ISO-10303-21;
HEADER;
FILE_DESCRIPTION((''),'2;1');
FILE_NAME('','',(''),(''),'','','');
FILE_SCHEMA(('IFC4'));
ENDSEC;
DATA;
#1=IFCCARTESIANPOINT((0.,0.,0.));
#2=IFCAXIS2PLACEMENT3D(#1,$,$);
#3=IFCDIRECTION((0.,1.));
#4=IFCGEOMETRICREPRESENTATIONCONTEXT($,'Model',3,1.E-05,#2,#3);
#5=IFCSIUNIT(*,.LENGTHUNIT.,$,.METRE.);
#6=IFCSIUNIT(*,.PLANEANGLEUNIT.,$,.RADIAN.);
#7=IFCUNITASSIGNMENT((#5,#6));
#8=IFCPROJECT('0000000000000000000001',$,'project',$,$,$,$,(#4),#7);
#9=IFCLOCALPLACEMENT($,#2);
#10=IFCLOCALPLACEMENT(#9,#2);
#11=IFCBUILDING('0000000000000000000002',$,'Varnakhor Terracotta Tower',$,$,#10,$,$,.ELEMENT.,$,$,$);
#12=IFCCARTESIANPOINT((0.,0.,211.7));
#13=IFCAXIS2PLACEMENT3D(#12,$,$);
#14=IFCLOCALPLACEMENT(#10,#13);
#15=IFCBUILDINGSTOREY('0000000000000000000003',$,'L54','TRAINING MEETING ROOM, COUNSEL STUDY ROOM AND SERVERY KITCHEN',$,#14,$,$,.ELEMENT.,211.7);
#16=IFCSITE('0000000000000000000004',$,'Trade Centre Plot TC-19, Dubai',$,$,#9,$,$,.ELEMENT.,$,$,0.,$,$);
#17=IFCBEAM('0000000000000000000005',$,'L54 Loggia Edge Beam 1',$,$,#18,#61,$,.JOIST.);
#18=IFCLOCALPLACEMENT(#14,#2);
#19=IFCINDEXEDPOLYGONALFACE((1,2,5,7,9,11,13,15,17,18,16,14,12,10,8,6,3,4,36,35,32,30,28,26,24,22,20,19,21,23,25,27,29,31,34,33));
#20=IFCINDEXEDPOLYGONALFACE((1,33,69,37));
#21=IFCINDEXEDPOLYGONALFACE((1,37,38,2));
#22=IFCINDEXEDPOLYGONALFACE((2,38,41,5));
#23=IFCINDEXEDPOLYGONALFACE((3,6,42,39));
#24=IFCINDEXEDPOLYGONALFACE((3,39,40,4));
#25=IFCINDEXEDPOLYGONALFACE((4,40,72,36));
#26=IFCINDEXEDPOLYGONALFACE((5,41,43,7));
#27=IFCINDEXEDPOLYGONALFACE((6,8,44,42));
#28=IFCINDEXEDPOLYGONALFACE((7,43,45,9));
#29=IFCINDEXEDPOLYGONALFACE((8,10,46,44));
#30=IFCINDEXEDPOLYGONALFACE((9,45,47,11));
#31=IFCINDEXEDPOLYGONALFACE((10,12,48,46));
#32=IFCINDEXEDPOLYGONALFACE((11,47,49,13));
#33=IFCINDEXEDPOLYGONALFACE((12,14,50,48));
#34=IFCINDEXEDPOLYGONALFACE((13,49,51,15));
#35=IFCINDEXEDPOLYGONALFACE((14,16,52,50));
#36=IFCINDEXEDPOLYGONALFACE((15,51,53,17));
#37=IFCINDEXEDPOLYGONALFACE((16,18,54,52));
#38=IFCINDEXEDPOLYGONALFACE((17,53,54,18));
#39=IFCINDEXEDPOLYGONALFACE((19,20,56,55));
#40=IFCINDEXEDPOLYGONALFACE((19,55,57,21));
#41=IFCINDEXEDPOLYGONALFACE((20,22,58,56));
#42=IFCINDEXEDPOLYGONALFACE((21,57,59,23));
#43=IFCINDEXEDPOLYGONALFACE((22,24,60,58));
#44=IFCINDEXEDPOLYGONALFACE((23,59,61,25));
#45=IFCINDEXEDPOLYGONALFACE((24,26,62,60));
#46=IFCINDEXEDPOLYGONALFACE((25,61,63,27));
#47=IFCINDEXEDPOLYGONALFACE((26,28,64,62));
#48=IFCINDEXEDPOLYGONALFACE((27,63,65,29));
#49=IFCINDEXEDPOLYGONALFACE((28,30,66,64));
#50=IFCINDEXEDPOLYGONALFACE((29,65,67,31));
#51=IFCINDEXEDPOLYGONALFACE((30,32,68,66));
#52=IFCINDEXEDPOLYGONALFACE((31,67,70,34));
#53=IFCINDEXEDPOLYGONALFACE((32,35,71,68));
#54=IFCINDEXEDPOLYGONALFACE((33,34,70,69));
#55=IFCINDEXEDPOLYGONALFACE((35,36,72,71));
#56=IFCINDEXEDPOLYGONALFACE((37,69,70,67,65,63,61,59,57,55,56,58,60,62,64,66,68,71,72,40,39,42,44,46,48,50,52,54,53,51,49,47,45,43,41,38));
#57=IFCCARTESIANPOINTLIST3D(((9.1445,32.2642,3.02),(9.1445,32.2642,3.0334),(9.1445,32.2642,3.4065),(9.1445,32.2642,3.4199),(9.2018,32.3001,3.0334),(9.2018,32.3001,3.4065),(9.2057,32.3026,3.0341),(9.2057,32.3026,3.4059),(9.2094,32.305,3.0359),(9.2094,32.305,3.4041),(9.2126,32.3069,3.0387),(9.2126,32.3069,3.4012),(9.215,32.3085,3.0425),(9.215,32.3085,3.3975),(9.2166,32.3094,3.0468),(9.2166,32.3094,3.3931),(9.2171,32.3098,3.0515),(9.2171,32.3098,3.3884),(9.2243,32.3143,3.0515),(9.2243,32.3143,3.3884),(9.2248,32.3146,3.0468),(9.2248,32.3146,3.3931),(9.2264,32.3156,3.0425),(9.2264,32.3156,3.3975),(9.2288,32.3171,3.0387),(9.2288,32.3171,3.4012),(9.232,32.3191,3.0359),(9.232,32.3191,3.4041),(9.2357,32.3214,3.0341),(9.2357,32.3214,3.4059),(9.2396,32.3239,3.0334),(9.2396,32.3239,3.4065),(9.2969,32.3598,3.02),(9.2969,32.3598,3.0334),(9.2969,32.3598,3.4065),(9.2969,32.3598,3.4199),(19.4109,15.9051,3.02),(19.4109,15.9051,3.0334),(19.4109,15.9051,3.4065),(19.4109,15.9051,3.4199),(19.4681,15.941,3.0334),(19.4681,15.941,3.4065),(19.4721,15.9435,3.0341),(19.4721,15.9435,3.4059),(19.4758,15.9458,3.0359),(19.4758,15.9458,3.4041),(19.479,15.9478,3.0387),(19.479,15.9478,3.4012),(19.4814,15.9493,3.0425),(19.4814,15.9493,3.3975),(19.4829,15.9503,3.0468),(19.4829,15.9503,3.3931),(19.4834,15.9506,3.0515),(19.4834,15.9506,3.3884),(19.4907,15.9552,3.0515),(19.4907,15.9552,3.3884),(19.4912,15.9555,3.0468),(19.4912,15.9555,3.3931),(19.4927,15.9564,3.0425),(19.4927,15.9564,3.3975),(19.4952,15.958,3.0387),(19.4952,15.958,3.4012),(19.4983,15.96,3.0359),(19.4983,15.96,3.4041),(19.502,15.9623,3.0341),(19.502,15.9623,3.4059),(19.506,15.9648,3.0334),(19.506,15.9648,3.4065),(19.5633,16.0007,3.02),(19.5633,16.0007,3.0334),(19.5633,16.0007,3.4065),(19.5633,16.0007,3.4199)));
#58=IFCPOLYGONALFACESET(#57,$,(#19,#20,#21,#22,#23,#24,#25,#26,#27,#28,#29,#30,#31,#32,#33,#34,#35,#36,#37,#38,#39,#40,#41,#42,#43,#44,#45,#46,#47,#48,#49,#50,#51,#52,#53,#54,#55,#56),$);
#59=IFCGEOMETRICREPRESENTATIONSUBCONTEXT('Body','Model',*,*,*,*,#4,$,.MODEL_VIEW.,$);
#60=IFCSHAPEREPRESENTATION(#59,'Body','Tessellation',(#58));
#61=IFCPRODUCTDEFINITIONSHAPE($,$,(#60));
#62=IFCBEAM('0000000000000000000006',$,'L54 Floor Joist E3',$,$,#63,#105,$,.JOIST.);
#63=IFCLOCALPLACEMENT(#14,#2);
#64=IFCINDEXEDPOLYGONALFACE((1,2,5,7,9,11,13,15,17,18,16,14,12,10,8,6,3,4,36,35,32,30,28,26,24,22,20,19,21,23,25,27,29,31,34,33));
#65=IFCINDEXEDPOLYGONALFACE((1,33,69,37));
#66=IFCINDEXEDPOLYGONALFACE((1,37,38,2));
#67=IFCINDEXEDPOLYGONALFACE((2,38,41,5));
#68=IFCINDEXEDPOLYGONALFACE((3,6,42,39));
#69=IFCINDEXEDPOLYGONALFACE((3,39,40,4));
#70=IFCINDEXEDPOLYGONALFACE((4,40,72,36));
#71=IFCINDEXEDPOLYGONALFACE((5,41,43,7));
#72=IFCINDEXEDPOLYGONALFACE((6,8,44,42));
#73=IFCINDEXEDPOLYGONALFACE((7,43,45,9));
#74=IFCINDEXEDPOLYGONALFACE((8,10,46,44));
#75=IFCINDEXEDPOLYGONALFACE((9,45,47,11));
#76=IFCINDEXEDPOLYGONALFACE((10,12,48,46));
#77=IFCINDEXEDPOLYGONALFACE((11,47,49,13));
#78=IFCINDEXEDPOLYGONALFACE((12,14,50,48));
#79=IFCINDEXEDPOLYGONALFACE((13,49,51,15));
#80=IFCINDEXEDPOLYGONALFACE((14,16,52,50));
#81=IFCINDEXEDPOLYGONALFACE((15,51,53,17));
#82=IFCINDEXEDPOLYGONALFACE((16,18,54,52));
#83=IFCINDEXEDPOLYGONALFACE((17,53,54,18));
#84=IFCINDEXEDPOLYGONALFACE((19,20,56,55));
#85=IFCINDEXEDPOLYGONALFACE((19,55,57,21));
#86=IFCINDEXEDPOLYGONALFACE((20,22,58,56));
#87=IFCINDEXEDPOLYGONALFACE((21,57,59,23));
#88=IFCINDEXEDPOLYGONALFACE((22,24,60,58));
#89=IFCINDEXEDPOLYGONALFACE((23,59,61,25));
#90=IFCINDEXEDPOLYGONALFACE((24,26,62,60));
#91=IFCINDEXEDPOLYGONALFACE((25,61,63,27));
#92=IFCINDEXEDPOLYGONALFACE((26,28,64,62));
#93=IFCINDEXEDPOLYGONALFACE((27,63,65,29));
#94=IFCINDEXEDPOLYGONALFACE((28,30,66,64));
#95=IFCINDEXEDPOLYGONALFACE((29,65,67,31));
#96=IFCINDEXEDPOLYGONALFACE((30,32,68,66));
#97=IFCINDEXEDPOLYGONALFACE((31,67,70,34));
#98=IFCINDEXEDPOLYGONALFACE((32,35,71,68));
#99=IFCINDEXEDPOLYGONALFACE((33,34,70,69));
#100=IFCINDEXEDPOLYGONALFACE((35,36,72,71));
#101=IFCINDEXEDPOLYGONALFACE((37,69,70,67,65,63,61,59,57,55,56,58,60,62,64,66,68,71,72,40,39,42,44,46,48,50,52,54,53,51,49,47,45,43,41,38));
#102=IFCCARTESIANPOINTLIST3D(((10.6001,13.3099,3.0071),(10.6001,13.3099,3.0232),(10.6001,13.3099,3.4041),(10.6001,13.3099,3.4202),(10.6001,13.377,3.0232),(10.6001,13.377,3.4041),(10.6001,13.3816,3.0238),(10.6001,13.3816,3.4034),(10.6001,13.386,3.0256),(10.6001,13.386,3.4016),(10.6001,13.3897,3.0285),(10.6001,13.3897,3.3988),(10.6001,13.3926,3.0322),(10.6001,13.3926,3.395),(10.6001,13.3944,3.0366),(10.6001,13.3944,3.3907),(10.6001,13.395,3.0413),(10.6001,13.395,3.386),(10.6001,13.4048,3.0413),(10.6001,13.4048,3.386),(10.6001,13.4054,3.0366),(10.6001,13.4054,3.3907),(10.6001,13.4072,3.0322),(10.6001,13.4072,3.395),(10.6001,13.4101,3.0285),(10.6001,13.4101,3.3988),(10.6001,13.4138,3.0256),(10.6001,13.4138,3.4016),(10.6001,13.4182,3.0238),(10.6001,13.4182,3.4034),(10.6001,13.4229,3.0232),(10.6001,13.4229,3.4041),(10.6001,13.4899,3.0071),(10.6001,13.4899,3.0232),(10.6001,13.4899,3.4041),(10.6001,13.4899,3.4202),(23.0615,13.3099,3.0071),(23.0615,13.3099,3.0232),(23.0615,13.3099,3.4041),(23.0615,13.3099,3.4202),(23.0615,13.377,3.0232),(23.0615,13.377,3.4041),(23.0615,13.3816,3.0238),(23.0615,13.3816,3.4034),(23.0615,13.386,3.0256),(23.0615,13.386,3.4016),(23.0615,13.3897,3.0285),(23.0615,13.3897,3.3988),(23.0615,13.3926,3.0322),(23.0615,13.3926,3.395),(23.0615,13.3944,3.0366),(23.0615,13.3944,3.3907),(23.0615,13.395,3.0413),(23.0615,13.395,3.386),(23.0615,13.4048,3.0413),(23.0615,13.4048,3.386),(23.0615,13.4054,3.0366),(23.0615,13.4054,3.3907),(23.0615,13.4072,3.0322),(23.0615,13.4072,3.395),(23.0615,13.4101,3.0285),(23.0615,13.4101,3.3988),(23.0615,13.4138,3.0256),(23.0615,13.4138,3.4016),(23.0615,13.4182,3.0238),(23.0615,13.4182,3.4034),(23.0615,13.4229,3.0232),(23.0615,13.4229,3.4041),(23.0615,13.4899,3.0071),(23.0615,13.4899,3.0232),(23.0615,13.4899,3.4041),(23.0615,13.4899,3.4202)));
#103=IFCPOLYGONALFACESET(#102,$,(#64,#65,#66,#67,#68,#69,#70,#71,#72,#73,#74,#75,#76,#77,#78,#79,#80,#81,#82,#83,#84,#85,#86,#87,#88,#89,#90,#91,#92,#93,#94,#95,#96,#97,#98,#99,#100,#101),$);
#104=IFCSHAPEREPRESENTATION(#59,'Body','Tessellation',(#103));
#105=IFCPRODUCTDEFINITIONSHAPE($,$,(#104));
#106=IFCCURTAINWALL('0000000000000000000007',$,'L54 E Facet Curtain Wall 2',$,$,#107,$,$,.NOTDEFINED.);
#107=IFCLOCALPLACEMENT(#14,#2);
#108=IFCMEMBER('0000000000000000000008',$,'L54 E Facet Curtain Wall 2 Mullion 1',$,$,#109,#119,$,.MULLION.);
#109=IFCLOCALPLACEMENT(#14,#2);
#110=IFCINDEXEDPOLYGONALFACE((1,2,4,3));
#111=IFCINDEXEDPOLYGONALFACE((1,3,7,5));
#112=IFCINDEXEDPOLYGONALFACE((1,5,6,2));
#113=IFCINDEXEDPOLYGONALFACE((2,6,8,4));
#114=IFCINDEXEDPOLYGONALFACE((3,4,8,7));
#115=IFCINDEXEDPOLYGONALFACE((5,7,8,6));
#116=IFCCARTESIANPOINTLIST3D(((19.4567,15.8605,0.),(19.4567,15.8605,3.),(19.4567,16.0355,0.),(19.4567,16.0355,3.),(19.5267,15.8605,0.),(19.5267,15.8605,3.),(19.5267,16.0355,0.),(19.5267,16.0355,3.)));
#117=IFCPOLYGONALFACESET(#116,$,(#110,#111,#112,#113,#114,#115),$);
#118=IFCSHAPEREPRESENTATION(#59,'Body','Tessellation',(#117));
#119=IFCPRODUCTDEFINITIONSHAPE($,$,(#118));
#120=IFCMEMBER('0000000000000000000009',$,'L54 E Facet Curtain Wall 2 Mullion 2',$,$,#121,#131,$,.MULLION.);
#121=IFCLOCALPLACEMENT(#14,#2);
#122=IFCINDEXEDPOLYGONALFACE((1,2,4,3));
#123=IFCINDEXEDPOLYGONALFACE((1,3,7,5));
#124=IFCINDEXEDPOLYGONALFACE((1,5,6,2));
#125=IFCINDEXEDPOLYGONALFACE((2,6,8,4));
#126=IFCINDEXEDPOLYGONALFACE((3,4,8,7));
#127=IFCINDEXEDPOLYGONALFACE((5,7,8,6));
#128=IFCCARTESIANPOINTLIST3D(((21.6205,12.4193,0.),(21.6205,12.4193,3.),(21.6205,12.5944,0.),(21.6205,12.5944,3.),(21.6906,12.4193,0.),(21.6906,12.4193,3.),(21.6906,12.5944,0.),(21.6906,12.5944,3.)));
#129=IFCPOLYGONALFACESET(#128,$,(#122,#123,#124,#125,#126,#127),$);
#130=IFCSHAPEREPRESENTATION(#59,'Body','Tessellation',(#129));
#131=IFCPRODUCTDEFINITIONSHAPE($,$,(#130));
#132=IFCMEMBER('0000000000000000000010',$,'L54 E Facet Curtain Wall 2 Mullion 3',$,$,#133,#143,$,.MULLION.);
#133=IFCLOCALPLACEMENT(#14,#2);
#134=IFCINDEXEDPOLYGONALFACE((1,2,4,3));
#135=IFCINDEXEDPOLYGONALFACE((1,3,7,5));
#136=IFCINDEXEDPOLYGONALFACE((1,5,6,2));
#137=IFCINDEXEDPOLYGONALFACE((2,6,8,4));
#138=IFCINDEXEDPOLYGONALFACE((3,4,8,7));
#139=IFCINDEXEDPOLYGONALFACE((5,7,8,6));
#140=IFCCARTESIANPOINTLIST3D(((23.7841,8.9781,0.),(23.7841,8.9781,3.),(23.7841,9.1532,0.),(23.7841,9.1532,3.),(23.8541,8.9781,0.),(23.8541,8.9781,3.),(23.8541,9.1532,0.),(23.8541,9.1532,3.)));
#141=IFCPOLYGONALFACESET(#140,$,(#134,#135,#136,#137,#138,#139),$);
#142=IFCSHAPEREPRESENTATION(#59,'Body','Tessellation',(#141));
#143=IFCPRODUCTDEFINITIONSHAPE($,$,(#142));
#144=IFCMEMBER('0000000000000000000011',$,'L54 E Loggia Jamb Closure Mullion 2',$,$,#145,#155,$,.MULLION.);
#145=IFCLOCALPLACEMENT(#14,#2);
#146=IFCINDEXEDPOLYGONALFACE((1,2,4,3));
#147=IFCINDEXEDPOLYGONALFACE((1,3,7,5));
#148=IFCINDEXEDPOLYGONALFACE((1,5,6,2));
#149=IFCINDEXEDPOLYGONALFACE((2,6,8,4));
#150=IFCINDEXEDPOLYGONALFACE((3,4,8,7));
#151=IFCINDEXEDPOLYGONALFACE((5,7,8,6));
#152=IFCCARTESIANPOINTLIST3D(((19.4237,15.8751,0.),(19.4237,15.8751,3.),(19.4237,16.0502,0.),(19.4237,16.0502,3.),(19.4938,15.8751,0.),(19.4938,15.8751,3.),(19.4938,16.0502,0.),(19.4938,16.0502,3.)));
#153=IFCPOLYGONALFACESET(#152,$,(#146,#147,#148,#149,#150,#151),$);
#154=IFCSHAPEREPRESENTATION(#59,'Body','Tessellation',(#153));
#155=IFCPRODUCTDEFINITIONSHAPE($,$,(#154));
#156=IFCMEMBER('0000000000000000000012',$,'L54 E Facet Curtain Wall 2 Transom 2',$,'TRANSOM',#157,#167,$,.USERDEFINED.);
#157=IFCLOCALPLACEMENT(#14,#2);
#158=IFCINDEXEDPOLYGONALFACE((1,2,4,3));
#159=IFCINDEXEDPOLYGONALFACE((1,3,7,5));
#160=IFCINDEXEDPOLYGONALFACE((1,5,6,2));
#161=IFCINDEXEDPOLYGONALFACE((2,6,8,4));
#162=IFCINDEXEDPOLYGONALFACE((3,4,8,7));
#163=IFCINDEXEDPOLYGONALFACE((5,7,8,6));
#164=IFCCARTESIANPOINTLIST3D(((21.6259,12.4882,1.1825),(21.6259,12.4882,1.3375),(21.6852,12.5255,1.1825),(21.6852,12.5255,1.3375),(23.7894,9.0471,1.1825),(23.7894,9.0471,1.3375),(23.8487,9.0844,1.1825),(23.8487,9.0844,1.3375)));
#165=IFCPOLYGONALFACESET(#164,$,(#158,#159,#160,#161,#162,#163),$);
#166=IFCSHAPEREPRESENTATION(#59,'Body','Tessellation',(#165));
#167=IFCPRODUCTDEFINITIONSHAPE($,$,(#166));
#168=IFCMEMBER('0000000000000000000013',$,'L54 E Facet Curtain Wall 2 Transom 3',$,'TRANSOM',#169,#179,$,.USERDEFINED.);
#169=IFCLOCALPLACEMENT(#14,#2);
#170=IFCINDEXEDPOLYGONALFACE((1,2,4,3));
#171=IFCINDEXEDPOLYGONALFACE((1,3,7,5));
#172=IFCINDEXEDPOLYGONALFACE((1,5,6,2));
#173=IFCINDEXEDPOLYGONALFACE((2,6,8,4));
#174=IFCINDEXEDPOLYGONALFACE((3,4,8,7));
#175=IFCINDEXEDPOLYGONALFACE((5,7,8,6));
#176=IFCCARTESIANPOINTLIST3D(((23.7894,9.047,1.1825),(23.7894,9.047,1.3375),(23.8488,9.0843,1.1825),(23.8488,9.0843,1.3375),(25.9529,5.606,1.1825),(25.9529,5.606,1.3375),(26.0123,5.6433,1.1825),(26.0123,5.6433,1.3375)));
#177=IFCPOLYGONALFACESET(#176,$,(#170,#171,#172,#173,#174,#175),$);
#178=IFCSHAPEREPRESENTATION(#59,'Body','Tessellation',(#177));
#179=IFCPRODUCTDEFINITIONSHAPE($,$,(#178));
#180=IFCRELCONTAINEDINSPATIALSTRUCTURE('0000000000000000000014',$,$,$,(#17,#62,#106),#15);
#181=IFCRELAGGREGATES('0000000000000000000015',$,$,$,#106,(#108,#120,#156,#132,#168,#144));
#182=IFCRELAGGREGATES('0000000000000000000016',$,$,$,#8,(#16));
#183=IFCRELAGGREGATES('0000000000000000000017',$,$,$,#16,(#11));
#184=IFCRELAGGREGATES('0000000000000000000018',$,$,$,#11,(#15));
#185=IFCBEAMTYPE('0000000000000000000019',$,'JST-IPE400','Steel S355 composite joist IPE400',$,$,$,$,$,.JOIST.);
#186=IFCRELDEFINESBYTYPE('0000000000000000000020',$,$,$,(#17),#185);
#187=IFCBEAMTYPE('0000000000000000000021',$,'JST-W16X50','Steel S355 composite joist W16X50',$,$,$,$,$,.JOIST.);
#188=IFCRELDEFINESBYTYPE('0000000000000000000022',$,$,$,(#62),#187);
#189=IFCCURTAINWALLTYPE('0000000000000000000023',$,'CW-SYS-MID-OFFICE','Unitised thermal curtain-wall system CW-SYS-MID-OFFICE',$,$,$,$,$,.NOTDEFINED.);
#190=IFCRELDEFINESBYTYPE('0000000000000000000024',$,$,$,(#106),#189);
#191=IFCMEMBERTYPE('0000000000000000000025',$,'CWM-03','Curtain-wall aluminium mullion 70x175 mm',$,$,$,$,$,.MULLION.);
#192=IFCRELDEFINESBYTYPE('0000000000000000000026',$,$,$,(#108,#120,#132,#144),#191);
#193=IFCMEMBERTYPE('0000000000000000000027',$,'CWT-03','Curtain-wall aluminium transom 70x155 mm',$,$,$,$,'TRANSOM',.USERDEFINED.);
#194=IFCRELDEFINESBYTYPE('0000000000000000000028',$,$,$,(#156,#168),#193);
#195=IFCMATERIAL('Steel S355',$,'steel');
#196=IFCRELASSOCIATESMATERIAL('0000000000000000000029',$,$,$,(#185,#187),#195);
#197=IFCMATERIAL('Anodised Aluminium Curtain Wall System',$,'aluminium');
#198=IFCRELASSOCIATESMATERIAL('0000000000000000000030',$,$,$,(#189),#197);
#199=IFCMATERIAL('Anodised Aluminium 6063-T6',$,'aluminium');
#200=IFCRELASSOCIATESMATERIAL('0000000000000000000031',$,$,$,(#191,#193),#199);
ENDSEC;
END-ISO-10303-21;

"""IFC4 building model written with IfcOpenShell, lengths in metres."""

from ifc_helpers import new_model, si_unit, direction, frame, origin, origin_2d, place, context, subcontext, project, spatial, rectangle, i_section, extrude, source, transform, mapped, material, material_profile, profile_set, type_object, element, aggregate, save


model = new_model("IFC4")

# Units and contexts
model_context = context("Model", 3, precision=1e-05, world=origin(), true_north=direction((0.0, 1.0)))
body_context = subcontext(model_context, "Body", "Model", "MODEL_VIEW")
ifc_project = project(units=[si_unit("LENGTHUNIT", "METRE"), si_unit("PLANEANGLEUNIT", "RADIAN")], contexts=[model_context])

# Site, building, storey
site_placement = place(None, origin())
site = spatial("IfcSite", under=ifc_project, at=site_placement, Name="Trade Centre Plot TC-19, Dubai", CompositionType="ELEMENT", RefElevation=0.0)
building_placement = place(site_placement, origin())
building = spatial("IfcBuilding", under=site, at=building_placement, Name="Varnakhor Terracotta Tower", CompositionType="ELEMENT")
storey_placement = place(building_placement, frame((0.0, 0.0, 211.7)))
storey = spatial("IfcBuildingStorey", under=building, at=storey_placement, Name="L54", Description="TRAINING MEETING ROOM, COUNSEL STUDY ROOM AND SERVERY KITCHEN", CompositionType="ELEMENT", Elevation=211.7)

# Beams
ifc_material_1 = material(Name="Steel S355", Category="steel")
ifc_material_profile_1 = material_profile(ifc_material_1, i_section(OverallWidth=0.1799, OverallDepth=0.3999, WebThickness=0.0085, FlangeThickness=0.0134, FilletRadius=0.0181, at=origin_2d()), Name="IPE400")
ifc_profile_set_1 = profile_set([ifc_material_profile_1], Name="Steel S355")
beam_type_1 = type_object("IfcBeamType", Name="JST-IPE400", Description="Steel S355 composite joist IPE400", PredefinedType="JOIST", material=ifc_profile_set_1)
shared_shape_1 = source(origin(), body_context, "Body", "SweptSolid", [
    extrude(i_section(OverallWidth=0.1799, OverallDepth=0.3999, WebThickness=0.0085, FlangeThickness=0.0134, FilletRadius=0.0181, at=origin_2d()), origin(), (0.0, 0.0, 1.0), 19.3137),
])
beam_1_placement = place(storey_placement, frame((19.4871, 15.9529, 3.22), z_axis=(-0.531558, 0.847022, 0.0), x_axis=(-0.847022, -0.531558, 0.0)))
element("IfcBeam", 1, at=beam_1_placement, inside=storey, type_object=beam_type_1, Name="L54 Loggia Edge Beam 1", PredefinedType="JOIST", context=body_context, shape_type="MappedRepresentation", body=[
    mapped(shared_shape_1, transform((0.0, 0.0, 0.0), scale=1.0)),
])
ifc_material_profile_2 = material_profile(ifc_material_1, i_section(OverallWidth=0.1799, OverallDepth=0.4131, WebThickness=0.0098, FlangeThickness=0.0161, FilletRadius=0.0181, at=origin_2d()), Name="W16X50")
ifc_profile_set_2 = profile_set([ifc_material_profile_2], Name="Steel S355")
beam_type_2 = type_object("IfcBeamType", Name="JST-W16X50", Description="Steel S355 composite joist W16X50", PredefinedType="JOIST", material=ifc_profile_set_2)
shared_shape_2 = source(origin(), body_context, "Body", "SweptSolid", [
    extrude(i_section(OverallWidth=0.1799, OverallDepth=0.4131, WebThickness=0.0098, FlangeThickness=0.0161, FilletRadius=0.0181, at=origin_2d()), origin(), (0.0, 0.0, 1.0), 12.4614),
])
beam_2_placement = place(storey_placement, frame((10.6001, 13.3999, 3.2136), z_axis=(1.0, 0.0, 0.0), x_axis=(0.0, 1.0, 0.0)))
element("IfcBeam", 2, at=beam_2_placement, inside=storey, type_object=beam_type_2, Name="L54 Floor Joist E3", PredefinedType="JOIST", context=body_context, shape_type="MappedRepresentation", body=[
    mapped(shared_shape_2, transform((0.0, 0.0, 0.0), scale=1.0)),
])

# Curtain wall, members
ifc_material_2 = material(Name="Anodised Aluminium Curtain Wall System", Category="aluminium")
curtain_wall_type = type_object("IfcCurtainWallType", Name="CW-SYS-MID-OFFICE", Description="Unitised thermal curtain-wall system CW-SYS-MID-OFFICE", PredefinedType="NOTDEFINED", material=ifc_material_2)
curtain_wall_placement = place(storey_placement, origin())
curtain_wall = element("IfcCurtainWall", 3, at=curtain_wall_placement, inside=storey, type_object=curtain_wall_type, Name="L54 E Facet Curtain Wall 2", PredefinedType="NOTDEFINED")
ifc_material_3 = material(Name="Anodised Aluminium 6063-T6", Category="aluminium")
ifc_material_profile_3 = material_profile(ifc_material_3, rectangle(XDim=0.0701, YDim=0.175, at=origin_2d()), Name="ALU MULLION 70x175")
ifc_profile_set_3 = profile_set([ifc_material_profile_3], Name="Anodised Aluminium 6063-T6")
member_type_1 = type_object("IfcMemberType", Name="CWM-03", Description="Curtain-wall aluminium mullion 70x175 mm", PredefinedType="MULLION", material=ifc_profile_set_3)
shared_shape_3 = source(origin(), body_context, "Body", "SweptSolid", [
    extrude(rectangle(XDim=0.0701, YDim=0.175, at=origin_2d()), origin(), (0.0, 0.0, 1.0), 3.0),
])
member_1_placement = place(storey_placement, frame((19.4917, 15.948, 0.0), z_axis=(0.0, 0.0, 1.0), x_axis=(1.0, 0.0, 0.0)))
member_1 = element("IfcMember", 4, at=member_1_placement, type_object=member_type_1, Name="L54 E Facet Curtain Wall 2 Mullion 1", PredefinedType="MULLION", context=body_context, shape_type="MappedRepresentation", body=[
    mapped(shared_shape_3, transform((0.0, 0.0, 0.0), scale=1.0)),
])
member_2_placement = place(storey_placement, frame((21.6555, 12.5068, 0.0), z_axis=(0.0, 0.0, 1.0), x_axis=(1.0, 0.0, 0.0)))
member_2 = element("IfcMember", 5, at=member_2_placement, type_object=member_type_1, Name="L54 E Facet Curtain Wall 2 Mullion 2", PredefinedType="MULLION", context=body_context, shape_type="MappedRepresentation", body=[
    mapped(shared_shape_3, transform((0.0, 0.0, 0.0), scale=1.0)),
])
member_3_placement = place(storey_placement, frame((23.8191, 9.0657, 0.0), z_axis=(0.0, 0.0, 1.0), x_axis=(1.0, 0.0, 0.0)))
member_3 = element("IfcMember", 6, at=member_3_placement, type_object=member_type_1, Name="L54 E Facet Curtain Wall 2 Mullion 3", PredefinedType="MULLION", context=body_context, shape_type="MappedRepresentation", body=[
    mapped(shared_shape_3, transform((0.0, 0.0, 0.0), scale=1.0)),
])
member_4_placement = place(storey_placement, frame((19.4587, 15.9626, 0.0), z_axis=(0.0, 0.0, 1.0), x_axis=(1.0, 0.0, 0.0)))
member_4 = element("IfcMember", 7, at=member_4_placement, type_object=member_type_1, Name="L54 E Loggia Jamb Closure Mullion 2", PredefinedType="MULLION", context=body_context, shape_type="MappedRepresentation", body=[
    mapped(shared_shape_3, transform((0.0, 0.0, 0.0), scale=1.0)),
])
ifc_material_profile_4 = material_profile(ifc_material_3, rectangle(XDim=0.0701, YDim=0.155, at=origin_2d()), Name="ALU TRANSOM 70x155")
ifc_profile_set_4 = profile_set([ifc_material_profile_4], Name="Anodised Aluminium 6063-T6")
member_type_2 = type_object("IfcMemberType", Name="CWT-03", Description="Curtain-wall aluminium transom 70x155 mm", ElementType="TRANSOM", PredefinedType="USERDEFINED", material=ifc_profile_set_4)
shared_shape_4 = source(origin(), body_context, "Body", "SweptSolid", [
    extrude(rectangle(XDim=0.0701, YDim=0.155, at=origin_2d()), origin(), (0.0, 0.0, 1.0), 4.0647),
])
member_5_placement = place(storey_placement, frame((21.6555, 12.5068, 1.26), z_axis=(0.53227, -0.846575, 0.0), x_axis=(0.846575, 0.53227, 0.0)))
member_5 = element("IfcMember", 8, at=member_5_placement, type_object=member_type_2, Name="L54 E Facet Curtain Wall 2 Transom 2", ObjectType="TRANSOM", PredefinedType="USERDEFINED", context=body_context, shape_type="MappedRepresentation", body=[
    mapped(shared_shape_4, transform((0.0, 0.0, 0.0), scale=1.0)),
])
member_6_placement = place(storey_placement, frame((23.8191, 9.0657, 1.26), z_axis=(0.53227, -0.846575, 0.0), x_axis=(0.846575, 0.53227, 0.0)))
member_6 = element("IfcMember", 9, at=member_6_placement, type_object=member_type_2, Name="L54 E Facet Curtain Wall 2 Transom 3", ObjectType="TRANSOM", PredefinedType="USERDEFINED", context=body_context, shape_type="MappedRepresentation", body=[
    mapped(shared_shape_4, transform((0.0, 0.0, 0.0), scale=1.0)),
])

aggregate(curtain_wall, [member_1, member_2, member_5, member_3, member_6, member_4])

save(model, "model.ifc")
